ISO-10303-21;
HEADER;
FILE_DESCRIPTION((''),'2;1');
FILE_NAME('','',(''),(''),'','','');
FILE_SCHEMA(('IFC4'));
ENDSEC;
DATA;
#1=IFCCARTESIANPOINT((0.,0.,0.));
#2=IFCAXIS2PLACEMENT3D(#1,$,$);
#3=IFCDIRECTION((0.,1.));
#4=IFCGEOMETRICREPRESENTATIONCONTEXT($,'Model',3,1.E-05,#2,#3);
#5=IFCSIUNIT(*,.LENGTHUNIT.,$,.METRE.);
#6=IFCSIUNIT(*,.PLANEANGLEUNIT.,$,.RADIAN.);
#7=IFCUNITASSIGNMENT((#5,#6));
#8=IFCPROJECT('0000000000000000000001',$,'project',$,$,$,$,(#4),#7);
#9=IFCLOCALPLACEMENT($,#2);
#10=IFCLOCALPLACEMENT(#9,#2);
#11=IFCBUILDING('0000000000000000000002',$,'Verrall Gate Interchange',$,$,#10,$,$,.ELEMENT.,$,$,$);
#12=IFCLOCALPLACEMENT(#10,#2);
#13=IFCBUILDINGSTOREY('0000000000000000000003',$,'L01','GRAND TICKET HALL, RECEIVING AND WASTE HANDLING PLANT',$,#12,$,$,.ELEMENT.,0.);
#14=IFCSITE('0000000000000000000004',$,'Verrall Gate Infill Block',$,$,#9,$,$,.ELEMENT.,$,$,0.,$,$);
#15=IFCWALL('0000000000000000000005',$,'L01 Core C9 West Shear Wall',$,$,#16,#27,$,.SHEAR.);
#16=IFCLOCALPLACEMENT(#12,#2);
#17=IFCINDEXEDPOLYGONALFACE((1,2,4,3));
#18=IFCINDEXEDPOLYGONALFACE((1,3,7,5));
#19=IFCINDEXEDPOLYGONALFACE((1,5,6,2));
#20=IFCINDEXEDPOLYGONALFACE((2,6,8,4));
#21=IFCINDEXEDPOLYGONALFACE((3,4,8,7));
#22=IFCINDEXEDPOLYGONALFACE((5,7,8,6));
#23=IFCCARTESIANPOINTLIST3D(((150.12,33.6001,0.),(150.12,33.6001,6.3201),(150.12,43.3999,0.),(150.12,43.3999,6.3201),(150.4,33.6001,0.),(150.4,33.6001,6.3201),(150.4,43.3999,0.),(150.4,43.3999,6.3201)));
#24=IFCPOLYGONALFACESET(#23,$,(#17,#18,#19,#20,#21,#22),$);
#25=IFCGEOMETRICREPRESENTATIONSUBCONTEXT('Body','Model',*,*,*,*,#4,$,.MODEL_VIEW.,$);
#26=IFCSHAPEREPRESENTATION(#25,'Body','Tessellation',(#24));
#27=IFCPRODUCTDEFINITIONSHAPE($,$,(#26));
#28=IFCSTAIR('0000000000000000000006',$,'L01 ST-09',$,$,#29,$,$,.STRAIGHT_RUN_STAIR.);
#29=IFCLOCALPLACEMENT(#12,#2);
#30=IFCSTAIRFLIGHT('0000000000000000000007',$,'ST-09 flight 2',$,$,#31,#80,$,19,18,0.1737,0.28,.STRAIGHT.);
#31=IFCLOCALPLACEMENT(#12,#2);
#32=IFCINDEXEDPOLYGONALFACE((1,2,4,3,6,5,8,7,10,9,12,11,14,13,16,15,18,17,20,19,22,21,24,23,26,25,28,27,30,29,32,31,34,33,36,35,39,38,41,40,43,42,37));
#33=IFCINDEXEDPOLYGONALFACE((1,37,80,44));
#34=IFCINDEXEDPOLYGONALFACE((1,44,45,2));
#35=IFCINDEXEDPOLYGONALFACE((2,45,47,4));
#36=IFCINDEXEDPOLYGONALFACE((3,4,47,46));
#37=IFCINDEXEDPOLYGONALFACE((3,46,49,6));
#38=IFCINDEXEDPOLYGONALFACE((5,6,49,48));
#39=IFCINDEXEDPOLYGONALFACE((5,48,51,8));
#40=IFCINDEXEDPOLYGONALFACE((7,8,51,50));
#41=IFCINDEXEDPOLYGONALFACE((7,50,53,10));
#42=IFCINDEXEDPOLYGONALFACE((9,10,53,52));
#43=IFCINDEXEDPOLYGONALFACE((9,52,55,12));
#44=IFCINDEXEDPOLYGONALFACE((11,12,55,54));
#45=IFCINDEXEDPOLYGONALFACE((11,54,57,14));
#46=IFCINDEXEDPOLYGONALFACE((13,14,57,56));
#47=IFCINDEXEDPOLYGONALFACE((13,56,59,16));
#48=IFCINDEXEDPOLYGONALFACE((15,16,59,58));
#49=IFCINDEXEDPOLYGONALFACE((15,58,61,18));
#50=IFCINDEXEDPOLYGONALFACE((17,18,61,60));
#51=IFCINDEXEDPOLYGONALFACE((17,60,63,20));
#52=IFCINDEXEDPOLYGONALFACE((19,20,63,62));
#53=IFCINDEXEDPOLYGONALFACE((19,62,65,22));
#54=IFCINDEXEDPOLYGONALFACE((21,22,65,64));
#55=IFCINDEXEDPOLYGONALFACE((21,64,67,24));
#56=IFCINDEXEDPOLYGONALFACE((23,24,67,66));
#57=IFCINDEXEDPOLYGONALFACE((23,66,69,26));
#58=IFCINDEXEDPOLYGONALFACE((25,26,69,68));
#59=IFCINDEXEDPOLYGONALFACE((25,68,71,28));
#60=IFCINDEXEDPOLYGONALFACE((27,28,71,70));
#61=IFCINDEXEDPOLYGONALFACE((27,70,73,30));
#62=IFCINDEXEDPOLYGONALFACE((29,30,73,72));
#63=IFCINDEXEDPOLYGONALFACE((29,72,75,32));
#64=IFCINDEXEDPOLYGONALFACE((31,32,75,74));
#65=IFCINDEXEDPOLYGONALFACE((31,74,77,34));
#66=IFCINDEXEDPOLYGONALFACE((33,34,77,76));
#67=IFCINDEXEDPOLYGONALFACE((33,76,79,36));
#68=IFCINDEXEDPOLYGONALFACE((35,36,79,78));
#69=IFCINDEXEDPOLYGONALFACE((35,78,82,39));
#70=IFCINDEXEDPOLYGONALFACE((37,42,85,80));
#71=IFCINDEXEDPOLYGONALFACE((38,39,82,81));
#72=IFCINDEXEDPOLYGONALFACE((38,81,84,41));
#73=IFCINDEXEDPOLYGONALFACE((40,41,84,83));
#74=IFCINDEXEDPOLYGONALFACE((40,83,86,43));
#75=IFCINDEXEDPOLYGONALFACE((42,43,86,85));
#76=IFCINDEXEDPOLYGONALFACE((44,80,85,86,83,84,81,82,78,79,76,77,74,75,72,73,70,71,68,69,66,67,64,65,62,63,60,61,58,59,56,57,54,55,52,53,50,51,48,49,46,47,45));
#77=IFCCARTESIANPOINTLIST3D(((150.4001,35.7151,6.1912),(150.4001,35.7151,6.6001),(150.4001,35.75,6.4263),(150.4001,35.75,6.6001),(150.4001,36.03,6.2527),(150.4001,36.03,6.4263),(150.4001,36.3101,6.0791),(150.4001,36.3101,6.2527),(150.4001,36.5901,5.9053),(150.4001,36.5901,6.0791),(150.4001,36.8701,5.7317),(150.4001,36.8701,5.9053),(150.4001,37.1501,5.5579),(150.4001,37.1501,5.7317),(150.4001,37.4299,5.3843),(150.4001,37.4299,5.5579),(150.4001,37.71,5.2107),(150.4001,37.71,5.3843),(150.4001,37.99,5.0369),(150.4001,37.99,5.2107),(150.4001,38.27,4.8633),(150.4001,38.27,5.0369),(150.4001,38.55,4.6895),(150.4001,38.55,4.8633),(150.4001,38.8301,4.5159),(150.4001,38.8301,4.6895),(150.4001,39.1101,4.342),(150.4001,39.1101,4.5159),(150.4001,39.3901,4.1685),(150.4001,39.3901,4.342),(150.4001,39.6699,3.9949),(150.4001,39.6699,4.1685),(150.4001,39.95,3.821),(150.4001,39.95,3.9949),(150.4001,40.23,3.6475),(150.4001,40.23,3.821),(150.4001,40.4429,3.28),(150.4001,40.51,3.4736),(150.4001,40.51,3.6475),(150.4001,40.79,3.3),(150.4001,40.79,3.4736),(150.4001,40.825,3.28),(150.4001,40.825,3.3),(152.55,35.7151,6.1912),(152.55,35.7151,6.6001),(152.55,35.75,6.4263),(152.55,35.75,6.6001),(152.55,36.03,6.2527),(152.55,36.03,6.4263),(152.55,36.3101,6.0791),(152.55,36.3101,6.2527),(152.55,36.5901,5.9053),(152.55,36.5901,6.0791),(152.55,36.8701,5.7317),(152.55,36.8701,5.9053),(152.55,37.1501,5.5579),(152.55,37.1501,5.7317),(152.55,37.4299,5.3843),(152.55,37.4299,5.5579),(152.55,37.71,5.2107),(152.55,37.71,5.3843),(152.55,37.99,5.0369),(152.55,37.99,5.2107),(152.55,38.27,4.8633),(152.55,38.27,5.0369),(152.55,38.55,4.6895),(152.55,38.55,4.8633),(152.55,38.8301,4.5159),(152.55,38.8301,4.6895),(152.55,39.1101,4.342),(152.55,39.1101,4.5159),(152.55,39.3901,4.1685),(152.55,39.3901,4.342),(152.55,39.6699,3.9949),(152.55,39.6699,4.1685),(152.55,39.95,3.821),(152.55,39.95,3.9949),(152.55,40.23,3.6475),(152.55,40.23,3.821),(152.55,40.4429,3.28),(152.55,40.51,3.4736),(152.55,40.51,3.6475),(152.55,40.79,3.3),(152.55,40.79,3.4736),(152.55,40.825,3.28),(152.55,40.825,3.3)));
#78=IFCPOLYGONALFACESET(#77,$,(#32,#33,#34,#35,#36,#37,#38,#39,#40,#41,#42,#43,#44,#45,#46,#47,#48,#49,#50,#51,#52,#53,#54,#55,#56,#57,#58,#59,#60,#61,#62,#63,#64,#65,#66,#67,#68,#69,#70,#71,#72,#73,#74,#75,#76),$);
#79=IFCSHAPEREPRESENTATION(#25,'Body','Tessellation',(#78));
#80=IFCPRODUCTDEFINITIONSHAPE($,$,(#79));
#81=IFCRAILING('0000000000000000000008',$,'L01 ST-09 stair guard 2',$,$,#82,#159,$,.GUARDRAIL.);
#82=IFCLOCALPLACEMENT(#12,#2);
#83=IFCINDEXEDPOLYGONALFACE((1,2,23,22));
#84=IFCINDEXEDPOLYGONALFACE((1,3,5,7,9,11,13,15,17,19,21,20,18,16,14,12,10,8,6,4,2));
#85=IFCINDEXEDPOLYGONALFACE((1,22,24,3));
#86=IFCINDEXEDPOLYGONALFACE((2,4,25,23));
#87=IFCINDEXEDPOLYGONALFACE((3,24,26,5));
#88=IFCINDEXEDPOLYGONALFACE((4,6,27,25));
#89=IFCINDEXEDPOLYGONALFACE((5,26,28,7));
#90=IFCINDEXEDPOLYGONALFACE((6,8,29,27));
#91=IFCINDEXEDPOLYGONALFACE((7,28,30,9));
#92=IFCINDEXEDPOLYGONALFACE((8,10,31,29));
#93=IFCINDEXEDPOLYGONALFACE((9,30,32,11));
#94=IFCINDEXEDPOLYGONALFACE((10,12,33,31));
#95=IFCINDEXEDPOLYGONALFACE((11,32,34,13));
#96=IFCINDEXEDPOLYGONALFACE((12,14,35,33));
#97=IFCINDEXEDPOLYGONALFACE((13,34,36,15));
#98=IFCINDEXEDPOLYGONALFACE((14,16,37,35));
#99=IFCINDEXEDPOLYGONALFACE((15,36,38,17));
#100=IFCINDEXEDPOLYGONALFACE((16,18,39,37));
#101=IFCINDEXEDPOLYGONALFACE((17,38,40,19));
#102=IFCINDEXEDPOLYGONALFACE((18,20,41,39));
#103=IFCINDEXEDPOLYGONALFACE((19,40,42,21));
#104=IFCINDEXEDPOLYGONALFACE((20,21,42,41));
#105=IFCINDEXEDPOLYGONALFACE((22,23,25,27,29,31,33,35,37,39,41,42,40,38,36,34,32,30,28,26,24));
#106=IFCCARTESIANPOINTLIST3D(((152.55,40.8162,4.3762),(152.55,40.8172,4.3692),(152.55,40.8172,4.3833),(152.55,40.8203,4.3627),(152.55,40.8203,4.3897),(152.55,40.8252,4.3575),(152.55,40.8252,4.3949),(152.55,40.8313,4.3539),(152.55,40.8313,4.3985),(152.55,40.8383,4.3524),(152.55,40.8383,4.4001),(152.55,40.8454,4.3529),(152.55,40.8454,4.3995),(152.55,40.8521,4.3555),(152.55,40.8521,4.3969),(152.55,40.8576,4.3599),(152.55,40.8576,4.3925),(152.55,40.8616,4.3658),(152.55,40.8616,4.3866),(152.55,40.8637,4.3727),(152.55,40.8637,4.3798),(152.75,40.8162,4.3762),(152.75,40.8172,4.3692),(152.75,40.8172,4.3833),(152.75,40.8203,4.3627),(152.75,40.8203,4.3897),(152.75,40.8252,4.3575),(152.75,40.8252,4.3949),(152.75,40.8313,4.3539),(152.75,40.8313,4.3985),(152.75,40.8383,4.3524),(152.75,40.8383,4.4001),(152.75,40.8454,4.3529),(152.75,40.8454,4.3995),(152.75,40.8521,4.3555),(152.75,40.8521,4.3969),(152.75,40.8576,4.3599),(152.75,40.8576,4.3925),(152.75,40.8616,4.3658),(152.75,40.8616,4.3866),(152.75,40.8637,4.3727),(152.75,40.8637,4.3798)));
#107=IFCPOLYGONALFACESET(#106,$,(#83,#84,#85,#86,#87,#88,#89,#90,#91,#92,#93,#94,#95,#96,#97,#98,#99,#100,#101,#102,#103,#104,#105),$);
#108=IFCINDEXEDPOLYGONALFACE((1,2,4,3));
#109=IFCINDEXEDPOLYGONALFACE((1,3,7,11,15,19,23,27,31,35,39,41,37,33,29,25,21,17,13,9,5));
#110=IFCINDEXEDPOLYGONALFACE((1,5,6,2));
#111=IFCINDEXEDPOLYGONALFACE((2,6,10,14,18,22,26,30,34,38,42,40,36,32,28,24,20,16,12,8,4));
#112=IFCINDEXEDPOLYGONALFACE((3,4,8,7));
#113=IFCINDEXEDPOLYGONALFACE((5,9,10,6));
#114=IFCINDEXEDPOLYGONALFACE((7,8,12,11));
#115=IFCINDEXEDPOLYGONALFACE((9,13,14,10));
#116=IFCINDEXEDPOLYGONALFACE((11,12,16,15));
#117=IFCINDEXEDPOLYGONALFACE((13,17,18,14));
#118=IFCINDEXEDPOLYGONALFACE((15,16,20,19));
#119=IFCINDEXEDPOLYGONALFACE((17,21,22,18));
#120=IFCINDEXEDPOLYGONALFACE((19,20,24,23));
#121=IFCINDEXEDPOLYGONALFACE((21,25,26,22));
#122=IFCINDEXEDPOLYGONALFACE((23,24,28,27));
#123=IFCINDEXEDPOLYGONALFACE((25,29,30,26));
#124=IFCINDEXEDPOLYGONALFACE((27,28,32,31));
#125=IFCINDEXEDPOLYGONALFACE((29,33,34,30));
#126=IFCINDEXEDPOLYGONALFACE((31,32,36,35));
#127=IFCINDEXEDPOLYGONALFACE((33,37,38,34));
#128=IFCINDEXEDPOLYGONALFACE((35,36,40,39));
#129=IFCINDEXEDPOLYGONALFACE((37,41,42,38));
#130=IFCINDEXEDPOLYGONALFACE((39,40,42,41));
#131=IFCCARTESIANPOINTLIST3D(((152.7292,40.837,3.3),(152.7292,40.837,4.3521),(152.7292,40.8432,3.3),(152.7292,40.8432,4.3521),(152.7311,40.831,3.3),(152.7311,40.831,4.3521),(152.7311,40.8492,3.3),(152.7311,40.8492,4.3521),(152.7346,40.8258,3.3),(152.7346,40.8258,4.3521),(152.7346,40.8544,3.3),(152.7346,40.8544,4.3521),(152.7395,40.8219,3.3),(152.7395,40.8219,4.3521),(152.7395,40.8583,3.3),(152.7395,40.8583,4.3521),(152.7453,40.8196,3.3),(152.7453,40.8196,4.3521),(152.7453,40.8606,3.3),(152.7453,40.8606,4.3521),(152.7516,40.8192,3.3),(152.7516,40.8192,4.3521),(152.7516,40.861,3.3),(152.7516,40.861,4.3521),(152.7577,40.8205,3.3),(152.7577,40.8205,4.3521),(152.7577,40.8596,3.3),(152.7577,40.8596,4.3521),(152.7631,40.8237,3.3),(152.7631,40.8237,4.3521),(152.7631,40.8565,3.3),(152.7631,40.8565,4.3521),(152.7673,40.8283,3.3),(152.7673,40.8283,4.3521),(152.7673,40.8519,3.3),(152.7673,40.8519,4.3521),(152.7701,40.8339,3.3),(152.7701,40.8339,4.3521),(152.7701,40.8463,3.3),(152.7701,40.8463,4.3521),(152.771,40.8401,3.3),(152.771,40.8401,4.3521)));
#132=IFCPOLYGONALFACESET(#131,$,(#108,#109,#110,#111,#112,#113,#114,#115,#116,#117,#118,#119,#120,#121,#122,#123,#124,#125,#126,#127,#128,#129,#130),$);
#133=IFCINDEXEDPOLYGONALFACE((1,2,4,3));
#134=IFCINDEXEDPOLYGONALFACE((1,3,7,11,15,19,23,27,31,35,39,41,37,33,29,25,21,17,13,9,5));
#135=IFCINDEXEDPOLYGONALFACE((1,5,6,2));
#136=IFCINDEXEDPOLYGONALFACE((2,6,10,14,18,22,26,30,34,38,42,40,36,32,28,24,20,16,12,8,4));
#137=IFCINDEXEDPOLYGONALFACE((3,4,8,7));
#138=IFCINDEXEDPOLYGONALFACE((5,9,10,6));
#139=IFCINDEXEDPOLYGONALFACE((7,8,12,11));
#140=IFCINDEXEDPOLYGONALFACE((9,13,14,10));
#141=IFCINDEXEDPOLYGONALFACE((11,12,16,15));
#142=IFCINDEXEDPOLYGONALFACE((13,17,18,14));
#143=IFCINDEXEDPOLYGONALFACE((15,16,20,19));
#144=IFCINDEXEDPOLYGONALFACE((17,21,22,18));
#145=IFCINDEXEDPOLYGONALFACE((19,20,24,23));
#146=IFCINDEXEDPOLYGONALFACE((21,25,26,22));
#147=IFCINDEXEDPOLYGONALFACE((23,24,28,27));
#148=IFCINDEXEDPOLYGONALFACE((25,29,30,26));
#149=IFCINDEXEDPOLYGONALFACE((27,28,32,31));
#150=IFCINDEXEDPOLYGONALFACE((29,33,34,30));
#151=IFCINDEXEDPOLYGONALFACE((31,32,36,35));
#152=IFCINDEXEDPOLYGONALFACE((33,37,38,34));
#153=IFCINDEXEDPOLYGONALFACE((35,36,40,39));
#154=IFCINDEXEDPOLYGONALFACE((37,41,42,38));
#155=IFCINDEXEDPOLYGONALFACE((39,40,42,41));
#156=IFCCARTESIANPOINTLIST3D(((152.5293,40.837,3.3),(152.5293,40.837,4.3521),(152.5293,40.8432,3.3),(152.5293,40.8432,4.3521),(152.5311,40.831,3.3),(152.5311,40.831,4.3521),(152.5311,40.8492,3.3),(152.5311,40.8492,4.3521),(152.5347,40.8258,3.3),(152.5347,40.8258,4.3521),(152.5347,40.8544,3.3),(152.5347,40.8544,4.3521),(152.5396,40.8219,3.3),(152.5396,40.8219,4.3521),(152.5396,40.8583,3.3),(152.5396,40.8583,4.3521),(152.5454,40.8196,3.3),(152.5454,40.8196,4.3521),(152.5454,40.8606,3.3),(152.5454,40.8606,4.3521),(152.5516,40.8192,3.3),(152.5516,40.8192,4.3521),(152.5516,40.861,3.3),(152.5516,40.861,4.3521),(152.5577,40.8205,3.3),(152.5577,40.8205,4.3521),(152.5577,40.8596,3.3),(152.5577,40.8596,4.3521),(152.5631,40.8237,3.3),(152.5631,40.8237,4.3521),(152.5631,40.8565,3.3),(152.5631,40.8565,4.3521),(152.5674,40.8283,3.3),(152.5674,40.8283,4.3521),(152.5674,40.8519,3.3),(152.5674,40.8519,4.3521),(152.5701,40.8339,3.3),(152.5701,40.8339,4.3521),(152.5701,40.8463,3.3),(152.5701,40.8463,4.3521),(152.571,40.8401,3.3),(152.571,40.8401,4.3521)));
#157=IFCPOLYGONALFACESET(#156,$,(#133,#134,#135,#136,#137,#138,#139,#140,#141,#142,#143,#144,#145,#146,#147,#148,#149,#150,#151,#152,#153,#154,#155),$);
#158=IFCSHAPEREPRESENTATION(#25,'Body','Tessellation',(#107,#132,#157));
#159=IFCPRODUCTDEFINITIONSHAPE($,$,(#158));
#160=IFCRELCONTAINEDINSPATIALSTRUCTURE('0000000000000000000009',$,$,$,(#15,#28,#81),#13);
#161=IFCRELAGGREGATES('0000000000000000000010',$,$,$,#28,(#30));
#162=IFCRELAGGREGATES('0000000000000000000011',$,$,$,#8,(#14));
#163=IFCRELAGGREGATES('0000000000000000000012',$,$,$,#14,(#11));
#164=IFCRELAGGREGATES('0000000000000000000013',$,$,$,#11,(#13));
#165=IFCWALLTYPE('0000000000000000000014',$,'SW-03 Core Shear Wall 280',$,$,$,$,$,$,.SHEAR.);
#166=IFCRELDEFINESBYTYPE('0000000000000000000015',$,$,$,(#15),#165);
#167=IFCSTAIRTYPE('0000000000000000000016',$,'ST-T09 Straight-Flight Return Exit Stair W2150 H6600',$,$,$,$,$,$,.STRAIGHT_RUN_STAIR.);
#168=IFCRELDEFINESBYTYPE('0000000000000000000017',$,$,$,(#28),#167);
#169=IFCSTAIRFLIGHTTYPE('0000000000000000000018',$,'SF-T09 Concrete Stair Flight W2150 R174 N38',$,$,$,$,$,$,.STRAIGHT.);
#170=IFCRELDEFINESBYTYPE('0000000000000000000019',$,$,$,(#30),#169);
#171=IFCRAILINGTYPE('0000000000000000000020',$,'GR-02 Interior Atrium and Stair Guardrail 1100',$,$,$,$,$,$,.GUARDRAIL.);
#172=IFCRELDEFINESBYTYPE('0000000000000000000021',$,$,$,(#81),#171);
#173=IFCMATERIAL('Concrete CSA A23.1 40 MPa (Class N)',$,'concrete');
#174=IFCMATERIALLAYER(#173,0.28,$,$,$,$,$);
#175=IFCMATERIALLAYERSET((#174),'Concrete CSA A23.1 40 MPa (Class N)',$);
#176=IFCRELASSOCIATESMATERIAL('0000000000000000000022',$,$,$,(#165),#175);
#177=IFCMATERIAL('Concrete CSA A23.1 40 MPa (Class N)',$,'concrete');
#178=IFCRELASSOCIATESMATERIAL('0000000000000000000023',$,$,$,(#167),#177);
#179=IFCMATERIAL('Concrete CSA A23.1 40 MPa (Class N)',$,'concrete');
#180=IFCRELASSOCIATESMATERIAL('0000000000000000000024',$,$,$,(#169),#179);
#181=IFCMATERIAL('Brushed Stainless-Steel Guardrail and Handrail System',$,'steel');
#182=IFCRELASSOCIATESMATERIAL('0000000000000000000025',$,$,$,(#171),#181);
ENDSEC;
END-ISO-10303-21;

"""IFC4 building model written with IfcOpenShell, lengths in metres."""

from ifc_helpers import new_model, si_unit, direction, frame, frame_2d, origin, origin_2d, place, context, subcontext, project, spatial, polyline, rectangle, circle, outline, extrude, material, layer, layer_set, type_object, element, aggregate, save


model = new_model("IFC4")

# Units and contexts
model_context = context("Model", 3, precision=1e-05, world=origin(), true_north=direction((0.0, 1.0)))
body_context = subcontext(model_context, "Body", "Model", "MODEL_VIEW")
ifc_project = project(units=[si_unit("LENGTHUNIT", "METRE"), si_unit("PLANEANGLEUNIT", "RADIAN")], contexts=[model_context])

# Site, building, storey
site_placement = place(None, origin())
site = spatial("IfcSite", under=ifc_project, at=site_placement, Name="Verrall Gate Infill Block", CompositionType="ELEMENT", RefElevation=0.0)
building_placement = place(site_placement, origin())
building = spatial("IfcBuilding", under=site, at=building_placement, Name="Verrall Gate Interchange", CompositionType="ELEMENT")
storey_placement = place(building_placement, origin())
storey = spatial("IfcBuildingStorey", under=building, at=storey_placement, Name="L01", Description="GRAND TICKET HALL, RECEIVING AND WASTE HANDLING PLANT", CompositionType="ELEMENT", Elevation=0.0)

# Wall
ifc_material_1 = material(Name="Concrete CSA A23.1 40 MPa (Class N)", Category="concrete")
ifc_layer_1 = layer(ifc_material_1, 0.28)
ifc_layer_set_1 = layer_set([ifc_layer_1], Name="Concrete CSA A23.1 40 MPa (Class N)")
wall_type_1 = type_object("IfcWallType", Name="SW-03 Core Shear Wall 280", PredefinedType="SHEAR", material=ifc_layer_set_1)
wall_1_placement = place(storey_placement, frame((150.26, 43.3999, 0.0), z_axis=(0.0, 0.0, 1.0), x_axis=(0.0, -1.0, 0.0)))
element("IfcWall", 1, at=wall_1_placement, inside=storey, type_object=wall_type_1, Name="L01 Core C9 West Shear Wall", PredefinedType="SHEAR", context=body_context, shape_type="SweptSolid", body=[
    extrude(rectangle(XDim=9.7998, YDim=0.28, at=frame_2d((4.8999, 0.0))), origin(), (0.0, 0.0, 1.0), 6.3201),
])

# Stair, stair flight
ifc_material_2 = material(Name="Concrete CSA A23.1 40 MPa (Class N)", Category="concrete")
stair_type = type_object("IfcStairType", Name="ST-T09 Straight-Flight Return Exit Stair W2150 H6600", PredefinedType="STRAIGHT_RUN_STAIR", material=ifc_material_2)
stair_placement = place(storey_placement, origin())
stair = element("IfcStair", 2, at=stair_placement, inside=storey, type_object=stair_type, Name="L01 ST-09", PredefinedType="STRAIGHT_RUN_STAIR")
ifc_material_3 = material(Name="Concrete CSA A23.1 40 MPa (Class N)", Category="concrete")
stair_flight_type = type_object("IfcStairFlightType", Name="SF-T09 Concrete Stair Flight W2150 R174 N38", PredefinedType="STRAIGHT", material=ifc_material_3)
stair_flight_placement = place(storey_placement, frame((151.4751, 40.79, 3.3), z_axis=(0.0, 0.0, 1.0), x_axis=(0.0, -1.0, 0.0)))
stair_flight = element("IfcStairFlight", 3, at=stair_flight_placement, type_object=stair_flight_type, Name="ST-09 flight 2", NumberOfRisers=19, NumberOfTreads=18, PredefinedType="STRAIGHT", RiserHeight=0.1737, TreadLength=0.28, context=body_context, shape_type="SweptSolid", body=[
    extrude(outline(polyline([(-0.0349, -0.02), (-0.0349, 0.0), (0.0, 0.0), (0.0, 0.1736), (0.28, 0.1736), (0.28, 0.3474), (0.5601, 0.3474), (0.5601, 0.521), (0.8401, 0.521), (0.8401, 0.6948), (1.1201, 0.6948), (1.1201, 0.8684), (1.3999, 0.8684), (1.3999, 1.042), (1.6799, 1.042), (1.6799, 1.2158), (1.96, 1.2158), (1.96, 1.3894), (2.24, 1.3894), (2.24, 1.5632), (2.52, 1.5632), (2.52, 1.7368), (2.8, 1.7368), (2.8, 1.9106), (3.0801, 1.9106), (3.0801, 2.0842), (3.3601, 2.0842), (3.3601, 2.2578), (3.6399, 2.2578), (3.6399, 2.4316), (3.9199, 2.4316), (3.9199, 2.6052), (4.2, 2.6052), (4.2, 2.7791), (4.48, 2.7791), (4.48, 2.9526), (4.76, 2.9526), (4.76, 3.1262), (5.04, 3.1262), (5.04, 3.3), (5.075, 3.3), (5.075, 2.8911), (0.3472, -0.02), (-0.0349, -0.02)])), frame((0.0, 1.075, 0.0), z_axis=(0.0, -1.0, 0.0), x_axis=(1.0, 0.0, 0.0)), (0.0, 0.0, 1.0), 2.1499),
])
aggregate(stair, [stair_flight])

# Railing
ifc_material_4 = material(Name="Brushed Stainless-Steel Guardrail and Handrail System", Category="steel")
railing_type_1 = type_object("IfcRailingType", Name="GR-02 Interior Atrium and Stair Guardrail 1100", PredefinedType="GUARDRAIL", material=ifc_material_4)
railing_1_placement = place(storey_placement, frame((152.75, 40.8401, 3.3)))
element("IfcRailing", 4, at=railing_1_placement, inside=storey, type_object=railing_type_1, Name="L01 ST-09 stair guard 2", PredefinedType="GUARDRAIL", context=body_context, shape_type="SweptSolid", body=[
    extrude(circle(Radius=0.0239, at=origin_2d()), frame((0.0, 0.0, 1.0762), z_axis=(-1.0, 0.0, 0.0), x_axis=(0.0, -1.0, 0.0)), (0.0, 0.0, 1.0), 0.2),
    extrude(circle(Radius=0.021, at=origin_2d()), origin(), (0.0, 0.0, 1.0), 1.052),
    extrude(circle(Radius=0.021, at=origin_2d()), frame((-0.2, 0.0, 0.0)), (0.0, 0.0, 1.0), 1.052),
])

save(model, "model.ifc")
